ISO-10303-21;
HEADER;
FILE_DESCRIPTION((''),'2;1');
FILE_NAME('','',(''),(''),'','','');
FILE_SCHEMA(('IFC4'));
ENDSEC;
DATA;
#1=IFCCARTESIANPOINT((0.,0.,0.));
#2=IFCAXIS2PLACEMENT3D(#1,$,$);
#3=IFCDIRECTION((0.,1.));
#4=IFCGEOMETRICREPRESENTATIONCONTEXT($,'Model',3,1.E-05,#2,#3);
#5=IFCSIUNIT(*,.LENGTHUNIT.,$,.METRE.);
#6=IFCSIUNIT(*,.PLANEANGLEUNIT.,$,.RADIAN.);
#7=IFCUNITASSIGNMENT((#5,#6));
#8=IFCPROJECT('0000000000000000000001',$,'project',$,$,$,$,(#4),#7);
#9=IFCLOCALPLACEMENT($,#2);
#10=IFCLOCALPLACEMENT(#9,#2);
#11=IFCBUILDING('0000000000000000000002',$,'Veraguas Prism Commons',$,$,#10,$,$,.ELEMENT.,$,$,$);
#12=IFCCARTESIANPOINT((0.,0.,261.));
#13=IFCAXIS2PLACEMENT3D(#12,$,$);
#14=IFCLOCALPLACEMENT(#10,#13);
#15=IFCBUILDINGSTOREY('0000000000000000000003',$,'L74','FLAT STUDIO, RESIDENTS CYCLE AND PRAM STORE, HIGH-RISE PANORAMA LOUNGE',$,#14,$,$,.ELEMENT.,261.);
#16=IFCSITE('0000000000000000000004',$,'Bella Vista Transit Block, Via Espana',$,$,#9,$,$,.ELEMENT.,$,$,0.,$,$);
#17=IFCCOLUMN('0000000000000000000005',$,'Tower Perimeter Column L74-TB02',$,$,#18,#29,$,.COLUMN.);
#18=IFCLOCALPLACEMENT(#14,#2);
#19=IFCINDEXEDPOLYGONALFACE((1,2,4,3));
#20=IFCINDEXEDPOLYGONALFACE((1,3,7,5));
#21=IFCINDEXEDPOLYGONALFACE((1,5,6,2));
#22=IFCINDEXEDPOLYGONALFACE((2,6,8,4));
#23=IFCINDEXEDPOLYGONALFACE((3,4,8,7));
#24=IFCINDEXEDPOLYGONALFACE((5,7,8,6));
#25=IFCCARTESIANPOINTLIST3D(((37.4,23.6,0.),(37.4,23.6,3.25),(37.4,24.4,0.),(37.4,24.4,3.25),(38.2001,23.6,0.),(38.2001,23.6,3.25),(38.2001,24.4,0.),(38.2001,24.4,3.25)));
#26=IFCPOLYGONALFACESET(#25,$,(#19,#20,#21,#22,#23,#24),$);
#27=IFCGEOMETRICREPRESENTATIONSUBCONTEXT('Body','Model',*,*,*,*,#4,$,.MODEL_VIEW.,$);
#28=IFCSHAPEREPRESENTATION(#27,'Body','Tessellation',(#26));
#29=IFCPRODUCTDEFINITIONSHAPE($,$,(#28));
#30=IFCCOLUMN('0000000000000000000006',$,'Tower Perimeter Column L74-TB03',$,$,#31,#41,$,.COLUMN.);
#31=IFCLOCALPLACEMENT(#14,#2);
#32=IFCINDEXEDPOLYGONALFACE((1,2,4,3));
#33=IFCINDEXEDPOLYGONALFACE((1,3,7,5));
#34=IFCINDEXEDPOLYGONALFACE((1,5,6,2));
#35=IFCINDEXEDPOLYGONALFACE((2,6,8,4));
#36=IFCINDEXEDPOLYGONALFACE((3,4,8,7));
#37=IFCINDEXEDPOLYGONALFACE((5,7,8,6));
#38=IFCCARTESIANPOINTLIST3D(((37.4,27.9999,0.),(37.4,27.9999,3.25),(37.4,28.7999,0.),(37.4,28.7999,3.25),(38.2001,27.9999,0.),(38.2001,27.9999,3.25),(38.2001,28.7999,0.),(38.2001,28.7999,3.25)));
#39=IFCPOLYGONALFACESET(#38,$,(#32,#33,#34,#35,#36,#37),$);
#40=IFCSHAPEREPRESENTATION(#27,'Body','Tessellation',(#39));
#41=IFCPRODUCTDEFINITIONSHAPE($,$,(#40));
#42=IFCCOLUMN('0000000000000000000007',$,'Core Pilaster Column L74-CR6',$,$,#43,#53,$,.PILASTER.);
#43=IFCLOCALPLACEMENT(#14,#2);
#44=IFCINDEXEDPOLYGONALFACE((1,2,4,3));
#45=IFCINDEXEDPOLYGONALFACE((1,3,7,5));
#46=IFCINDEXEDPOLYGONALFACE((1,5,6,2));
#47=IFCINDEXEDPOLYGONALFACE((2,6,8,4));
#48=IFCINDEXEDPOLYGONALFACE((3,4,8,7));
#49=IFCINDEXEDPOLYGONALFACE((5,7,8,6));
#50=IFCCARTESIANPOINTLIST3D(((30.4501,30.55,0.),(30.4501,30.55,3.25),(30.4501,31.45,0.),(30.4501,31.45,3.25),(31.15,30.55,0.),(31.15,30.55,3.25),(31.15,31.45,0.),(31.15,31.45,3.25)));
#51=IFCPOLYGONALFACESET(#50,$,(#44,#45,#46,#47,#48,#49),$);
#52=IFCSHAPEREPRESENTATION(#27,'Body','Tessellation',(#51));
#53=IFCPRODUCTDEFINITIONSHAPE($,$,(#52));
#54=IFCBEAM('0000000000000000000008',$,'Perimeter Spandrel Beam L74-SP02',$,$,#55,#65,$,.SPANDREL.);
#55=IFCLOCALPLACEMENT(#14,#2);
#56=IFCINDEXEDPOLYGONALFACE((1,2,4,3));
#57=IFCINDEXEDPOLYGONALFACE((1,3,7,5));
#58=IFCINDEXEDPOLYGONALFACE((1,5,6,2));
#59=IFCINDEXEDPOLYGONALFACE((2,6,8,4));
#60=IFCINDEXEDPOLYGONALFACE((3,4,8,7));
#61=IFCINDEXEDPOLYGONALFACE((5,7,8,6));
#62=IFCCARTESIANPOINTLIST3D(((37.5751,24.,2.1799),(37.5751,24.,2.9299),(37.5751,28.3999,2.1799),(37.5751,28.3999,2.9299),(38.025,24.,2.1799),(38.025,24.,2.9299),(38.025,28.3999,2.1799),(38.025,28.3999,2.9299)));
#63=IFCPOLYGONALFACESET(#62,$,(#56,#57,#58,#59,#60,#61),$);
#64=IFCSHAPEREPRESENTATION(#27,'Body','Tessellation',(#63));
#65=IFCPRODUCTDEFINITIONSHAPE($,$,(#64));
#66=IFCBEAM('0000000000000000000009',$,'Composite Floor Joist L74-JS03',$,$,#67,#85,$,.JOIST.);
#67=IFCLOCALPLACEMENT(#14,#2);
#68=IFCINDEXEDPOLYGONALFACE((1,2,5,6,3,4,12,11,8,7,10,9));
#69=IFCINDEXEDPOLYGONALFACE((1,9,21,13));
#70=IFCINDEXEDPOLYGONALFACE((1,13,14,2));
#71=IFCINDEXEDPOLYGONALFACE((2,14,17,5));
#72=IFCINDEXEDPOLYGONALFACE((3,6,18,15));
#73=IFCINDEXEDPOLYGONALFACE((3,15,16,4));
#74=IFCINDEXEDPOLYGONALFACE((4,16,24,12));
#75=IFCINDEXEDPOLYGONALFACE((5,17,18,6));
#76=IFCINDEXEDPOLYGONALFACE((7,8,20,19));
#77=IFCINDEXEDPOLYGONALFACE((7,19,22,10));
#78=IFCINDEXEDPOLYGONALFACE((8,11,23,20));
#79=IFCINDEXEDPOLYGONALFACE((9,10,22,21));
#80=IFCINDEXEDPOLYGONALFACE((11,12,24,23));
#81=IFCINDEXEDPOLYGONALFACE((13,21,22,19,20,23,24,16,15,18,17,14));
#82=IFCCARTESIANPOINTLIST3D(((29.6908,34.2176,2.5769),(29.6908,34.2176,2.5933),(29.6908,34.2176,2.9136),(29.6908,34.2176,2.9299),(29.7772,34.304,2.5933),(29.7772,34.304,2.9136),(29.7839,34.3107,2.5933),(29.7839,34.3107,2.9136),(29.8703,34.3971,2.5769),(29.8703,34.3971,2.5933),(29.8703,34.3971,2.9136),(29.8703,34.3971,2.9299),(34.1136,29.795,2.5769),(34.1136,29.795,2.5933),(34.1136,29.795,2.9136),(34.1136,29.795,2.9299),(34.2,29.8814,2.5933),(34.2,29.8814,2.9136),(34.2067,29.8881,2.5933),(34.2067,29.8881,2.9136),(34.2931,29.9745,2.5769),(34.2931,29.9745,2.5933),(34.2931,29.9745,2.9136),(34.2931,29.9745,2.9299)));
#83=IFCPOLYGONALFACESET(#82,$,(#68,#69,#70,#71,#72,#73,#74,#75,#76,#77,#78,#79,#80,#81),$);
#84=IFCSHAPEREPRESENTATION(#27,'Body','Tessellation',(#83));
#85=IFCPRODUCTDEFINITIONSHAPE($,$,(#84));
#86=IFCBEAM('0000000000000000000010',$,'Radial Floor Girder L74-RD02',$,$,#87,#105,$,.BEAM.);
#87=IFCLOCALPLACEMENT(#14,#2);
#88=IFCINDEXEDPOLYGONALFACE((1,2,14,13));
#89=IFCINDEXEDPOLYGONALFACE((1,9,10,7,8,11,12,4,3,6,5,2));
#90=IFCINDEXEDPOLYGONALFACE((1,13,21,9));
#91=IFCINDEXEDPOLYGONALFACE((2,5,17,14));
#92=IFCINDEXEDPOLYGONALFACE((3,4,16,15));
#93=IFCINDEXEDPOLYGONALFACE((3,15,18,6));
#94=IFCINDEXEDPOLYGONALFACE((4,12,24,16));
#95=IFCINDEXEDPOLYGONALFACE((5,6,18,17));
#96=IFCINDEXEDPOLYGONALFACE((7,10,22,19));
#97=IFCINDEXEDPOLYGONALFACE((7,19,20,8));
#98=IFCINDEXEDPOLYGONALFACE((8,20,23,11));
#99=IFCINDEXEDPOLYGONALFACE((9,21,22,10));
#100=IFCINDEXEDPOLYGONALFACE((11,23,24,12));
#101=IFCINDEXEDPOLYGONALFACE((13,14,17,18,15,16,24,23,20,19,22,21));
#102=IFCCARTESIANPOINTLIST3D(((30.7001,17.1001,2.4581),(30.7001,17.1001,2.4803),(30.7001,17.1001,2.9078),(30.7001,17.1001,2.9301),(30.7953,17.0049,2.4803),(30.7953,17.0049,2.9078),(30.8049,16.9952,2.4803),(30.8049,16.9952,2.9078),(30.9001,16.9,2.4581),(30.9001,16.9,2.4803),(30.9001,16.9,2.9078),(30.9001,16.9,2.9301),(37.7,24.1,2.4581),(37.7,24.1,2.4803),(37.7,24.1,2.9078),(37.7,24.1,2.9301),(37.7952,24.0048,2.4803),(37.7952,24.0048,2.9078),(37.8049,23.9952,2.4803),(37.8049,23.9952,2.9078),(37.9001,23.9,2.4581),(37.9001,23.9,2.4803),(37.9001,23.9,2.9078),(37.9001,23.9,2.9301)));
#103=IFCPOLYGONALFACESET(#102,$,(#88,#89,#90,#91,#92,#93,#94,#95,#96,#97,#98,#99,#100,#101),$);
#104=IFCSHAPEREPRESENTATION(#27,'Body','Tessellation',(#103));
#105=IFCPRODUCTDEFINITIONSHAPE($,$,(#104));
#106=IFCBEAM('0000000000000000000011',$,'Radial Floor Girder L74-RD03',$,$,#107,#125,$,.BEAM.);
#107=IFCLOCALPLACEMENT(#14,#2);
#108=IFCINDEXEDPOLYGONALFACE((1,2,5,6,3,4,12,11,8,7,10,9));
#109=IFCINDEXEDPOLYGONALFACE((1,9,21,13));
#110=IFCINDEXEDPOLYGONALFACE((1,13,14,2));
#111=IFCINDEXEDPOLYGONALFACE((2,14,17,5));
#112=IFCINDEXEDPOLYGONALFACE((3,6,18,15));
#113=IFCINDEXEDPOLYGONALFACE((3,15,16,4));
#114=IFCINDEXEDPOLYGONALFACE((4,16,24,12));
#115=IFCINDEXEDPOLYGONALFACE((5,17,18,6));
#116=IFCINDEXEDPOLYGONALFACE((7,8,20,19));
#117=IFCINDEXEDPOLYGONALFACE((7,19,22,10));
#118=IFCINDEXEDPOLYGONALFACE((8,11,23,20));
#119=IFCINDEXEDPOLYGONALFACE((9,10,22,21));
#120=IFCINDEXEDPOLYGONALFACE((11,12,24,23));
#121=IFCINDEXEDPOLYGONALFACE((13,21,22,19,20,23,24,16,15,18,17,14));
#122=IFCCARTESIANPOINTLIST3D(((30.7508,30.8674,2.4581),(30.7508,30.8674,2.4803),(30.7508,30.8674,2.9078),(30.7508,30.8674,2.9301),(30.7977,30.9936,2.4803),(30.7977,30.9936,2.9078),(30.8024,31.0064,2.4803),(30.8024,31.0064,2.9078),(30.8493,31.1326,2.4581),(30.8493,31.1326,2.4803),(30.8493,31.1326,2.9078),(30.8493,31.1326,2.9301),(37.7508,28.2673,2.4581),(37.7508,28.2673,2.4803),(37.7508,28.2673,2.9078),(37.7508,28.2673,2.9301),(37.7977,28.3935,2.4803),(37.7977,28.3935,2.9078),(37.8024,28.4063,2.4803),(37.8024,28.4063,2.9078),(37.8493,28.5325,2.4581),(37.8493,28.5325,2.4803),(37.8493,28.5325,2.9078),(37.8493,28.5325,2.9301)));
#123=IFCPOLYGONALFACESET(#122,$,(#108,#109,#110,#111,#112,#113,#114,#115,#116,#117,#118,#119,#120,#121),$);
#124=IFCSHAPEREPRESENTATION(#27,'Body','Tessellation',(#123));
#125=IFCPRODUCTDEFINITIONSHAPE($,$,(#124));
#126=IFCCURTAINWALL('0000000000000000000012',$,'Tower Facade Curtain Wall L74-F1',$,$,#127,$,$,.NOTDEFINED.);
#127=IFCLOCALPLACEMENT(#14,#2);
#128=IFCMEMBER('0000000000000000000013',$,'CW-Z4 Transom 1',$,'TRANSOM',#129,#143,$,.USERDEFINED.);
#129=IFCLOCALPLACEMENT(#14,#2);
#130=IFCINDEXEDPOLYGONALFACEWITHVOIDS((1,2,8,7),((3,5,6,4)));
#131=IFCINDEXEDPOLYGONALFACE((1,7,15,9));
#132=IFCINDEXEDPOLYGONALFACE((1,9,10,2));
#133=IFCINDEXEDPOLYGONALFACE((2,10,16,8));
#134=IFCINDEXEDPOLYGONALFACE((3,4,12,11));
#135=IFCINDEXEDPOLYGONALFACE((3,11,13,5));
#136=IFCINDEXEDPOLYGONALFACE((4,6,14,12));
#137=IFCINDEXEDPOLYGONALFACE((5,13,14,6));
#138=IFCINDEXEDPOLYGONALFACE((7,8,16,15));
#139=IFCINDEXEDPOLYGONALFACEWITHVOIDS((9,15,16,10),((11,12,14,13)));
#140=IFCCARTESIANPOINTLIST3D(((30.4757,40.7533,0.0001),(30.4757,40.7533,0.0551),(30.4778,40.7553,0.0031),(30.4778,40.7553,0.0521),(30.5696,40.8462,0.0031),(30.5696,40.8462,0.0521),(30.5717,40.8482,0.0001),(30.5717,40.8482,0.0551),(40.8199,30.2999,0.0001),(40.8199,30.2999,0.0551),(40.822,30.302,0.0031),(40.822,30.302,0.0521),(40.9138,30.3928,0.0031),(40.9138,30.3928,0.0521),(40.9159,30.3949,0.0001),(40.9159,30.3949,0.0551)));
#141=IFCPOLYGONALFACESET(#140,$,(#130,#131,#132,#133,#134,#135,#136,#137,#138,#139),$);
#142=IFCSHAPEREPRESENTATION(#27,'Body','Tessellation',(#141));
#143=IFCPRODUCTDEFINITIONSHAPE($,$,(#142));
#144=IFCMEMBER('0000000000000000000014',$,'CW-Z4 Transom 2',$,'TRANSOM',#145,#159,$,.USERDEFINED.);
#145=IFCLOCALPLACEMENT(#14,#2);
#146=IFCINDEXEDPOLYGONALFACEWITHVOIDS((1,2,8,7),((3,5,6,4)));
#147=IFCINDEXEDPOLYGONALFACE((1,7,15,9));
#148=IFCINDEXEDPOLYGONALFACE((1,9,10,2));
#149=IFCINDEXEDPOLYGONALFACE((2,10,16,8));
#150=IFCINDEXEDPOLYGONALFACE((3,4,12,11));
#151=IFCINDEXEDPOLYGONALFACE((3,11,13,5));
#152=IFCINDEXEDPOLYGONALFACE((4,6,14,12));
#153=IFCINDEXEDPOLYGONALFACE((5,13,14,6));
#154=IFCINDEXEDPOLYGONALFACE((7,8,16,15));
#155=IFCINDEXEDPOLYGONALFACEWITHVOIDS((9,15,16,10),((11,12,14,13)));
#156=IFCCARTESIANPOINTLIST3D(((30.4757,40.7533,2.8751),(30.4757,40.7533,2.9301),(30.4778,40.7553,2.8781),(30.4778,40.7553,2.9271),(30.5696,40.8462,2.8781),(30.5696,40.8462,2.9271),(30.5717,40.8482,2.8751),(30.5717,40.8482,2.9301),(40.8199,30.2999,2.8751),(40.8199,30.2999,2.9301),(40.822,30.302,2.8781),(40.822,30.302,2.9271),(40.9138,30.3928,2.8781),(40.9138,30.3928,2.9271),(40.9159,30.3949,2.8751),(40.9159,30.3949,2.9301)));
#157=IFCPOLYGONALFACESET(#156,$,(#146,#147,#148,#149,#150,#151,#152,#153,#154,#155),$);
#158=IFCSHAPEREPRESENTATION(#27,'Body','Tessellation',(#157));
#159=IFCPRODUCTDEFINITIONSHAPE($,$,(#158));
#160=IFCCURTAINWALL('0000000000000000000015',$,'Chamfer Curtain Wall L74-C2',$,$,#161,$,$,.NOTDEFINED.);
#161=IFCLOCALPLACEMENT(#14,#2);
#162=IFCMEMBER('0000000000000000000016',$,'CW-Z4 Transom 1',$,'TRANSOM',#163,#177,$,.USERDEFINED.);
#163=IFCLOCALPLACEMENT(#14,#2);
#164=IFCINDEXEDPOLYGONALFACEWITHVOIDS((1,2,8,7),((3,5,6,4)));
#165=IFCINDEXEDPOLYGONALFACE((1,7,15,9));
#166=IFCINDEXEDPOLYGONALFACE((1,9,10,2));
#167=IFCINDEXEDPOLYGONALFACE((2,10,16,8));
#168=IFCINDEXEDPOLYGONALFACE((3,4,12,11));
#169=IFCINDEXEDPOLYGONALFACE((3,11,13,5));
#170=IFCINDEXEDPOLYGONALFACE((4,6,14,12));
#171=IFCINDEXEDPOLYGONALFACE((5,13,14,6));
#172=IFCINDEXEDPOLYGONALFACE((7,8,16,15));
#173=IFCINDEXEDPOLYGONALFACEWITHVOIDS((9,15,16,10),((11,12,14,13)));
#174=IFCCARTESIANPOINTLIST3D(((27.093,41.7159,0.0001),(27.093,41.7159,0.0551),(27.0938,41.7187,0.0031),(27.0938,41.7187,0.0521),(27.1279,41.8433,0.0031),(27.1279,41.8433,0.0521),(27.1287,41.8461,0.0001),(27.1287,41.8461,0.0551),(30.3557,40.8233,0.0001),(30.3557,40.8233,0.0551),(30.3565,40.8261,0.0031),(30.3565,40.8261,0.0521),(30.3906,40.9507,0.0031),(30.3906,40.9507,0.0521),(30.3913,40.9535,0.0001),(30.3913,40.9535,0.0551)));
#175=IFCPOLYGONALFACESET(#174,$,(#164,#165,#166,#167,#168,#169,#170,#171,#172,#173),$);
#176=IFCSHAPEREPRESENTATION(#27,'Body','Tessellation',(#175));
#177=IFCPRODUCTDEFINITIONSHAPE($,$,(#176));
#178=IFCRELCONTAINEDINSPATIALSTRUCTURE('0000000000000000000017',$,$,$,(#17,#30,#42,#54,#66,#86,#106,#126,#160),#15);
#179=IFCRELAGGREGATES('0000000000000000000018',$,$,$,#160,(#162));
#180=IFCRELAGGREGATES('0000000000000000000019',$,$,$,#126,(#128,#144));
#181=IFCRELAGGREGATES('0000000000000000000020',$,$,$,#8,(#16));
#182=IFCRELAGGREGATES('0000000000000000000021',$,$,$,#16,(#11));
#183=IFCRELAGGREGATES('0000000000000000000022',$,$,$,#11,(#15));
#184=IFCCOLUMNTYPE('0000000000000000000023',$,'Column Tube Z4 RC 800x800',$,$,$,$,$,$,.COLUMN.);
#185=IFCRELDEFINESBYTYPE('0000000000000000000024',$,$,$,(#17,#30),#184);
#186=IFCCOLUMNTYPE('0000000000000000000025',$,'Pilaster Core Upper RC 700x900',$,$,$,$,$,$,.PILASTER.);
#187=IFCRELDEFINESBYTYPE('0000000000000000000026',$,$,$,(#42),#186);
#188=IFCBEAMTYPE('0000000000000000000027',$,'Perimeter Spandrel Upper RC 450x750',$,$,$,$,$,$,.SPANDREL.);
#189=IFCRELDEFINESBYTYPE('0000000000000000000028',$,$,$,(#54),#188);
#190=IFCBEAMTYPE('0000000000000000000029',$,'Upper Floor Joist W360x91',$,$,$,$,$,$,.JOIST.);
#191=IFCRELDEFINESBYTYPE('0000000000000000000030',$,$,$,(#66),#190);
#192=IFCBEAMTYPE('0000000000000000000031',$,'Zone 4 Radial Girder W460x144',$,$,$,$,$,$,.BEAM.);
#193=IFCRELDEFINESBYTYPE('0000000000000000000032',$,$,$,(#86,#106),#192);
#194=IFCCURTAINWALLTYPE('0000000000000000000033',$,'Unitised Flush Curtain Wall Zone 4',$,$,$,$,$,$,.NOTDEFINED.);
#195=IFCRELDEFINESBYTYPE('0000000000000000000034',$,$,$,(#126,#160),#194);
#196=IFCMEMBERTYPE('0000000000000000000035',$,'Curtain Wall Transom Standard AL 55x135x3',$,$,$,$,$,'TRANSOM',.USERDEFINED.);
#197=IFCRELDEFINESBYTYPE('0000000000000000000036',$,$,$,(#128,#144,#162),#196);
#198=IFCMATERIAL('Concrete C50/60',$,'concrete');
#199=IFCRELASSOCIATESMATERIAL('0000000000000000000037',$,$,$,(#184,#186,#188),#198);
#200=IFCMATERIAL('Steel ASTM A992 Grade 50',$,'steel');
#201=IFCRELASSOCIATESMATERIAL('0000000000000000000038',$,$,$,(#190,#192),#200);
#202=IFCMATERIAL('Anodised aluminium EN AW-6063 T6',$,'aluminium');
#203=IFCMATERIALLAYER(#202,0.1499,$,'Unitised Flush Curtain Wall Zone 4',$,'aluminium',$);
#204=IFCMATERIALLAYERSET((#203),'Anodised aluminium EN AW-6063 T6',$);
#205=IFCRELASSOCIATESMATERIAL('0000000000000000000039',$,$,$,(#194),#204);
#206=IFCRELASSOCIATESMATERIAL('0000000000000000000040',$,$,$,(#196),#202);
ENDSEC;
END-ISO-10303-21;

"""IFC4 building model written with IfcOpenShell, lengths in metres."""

from ifc_helpers import new_model, si_unit, direction, frame, origin, origin_2d, place, context, subcontext, project, spatial, rectangle, hollow_rectangle, i_section, extrude, source, transform, mapped, material, layer, layer_set, material_profile, profile_set, type_object, element, aggregate, save


model = new_model("IFC4")

# Units and contexts
model_context = context("Model", 3, precision=1e-05, world=origin(), true_north=direction((0.0, 1.0)))
body_context = subcontext(model_context, "Body", "Model", "MODEL_VIEW")
ifc_project = project(units=[si_unit("LENGTHUNIT", "METRE"), si_unit("PLANEANGLEUNIT", "RADIAN")], contexts=[model_context])

# Site, building, storey
site_placement = place(None, origin())
site = spatial("IfcSite", under=ifc_project, at=site_placement, Name="Bella Vista Transit Block, Via Espana", CompositionType="ELEMENT", RefElevation=0.0)
building_placement = place(site_placement, origin())
building = spatial("IfcBuilding", under=site, at=building_placement, Name="Veraguas Prism Commons", CompositionType="ELEMENT")
storey_placement = place(building_placement, frame((0.0, 0.0, 261.0)))
storey = spatial("IfcBuildingStorey", under=building, at=storey_placement, Name="L74", Description="FLAT STUDIO, RESIDENTS CYCLE AND PRAM STORE, HIGH-RISE PANORAMA LOUNGE", CompositionType="ELEMENT", Elevation=261.0)

# Columns
ifc_material_1 = material(Name="Concrete C50/60", Category="concrete")
ifc_material_profile_1 = material_profile(ifc_material_1, rectangle(XDim=0.8, YDim=0.8, at=origin_2d()), Name="RC800X800")
ifc_profile_set_1 = profile_set([ifc_material_profile_1], Name="Concrete C50/60")
column_type_1 = type_object("IfcColumnType", Name="Column Tube Z4 RC 800x800", PredefinedType="COLUMN", material=ifc_profile_set_1)
for number, where, z_axis, x_axis, name in (
    (1, (37.8, 24.0, 0.0), (0.0, 0.0, 1.0), (1.0, 0.0, 0.0), "Tower Perimeter Column L74-TB02"),
    (2, (37.8, 28.3999, 0.0), (0.0, 0.0, 1.0), (1.0, 0.0, 0.0), "Tower Perimeter Column L74-TB03"),
):
    element("IfcColumn", number, at=place(storey_placement, frame(where, z_axis=z_axis, x_axis=x_axis)), inside=storey, type_object=column_type_1, Name=name, PredefinedType="COLUMN", context=body_context, shape_type="SweptSolid", body=[
        extrude(rectangle(XDim=0.8, YDim=0.8, at=origin_2d()), origin(), (0.0, 0.0, 1.0), 3.25),
    ])
ifc_material_profile_2 = material_profile(ifc_material_1, rectangle(XDim=0.7, YDim=0.8999, at=origin_2d()), Name="RC700X900")
ifc_profile_set_2 = profile_set([ifc_material_profile_2], Name="Concrete C50/60")
column_type_2 = type_object("IfcColumnType", Name="Pilaster Core Upper RC 700x900", PredefinedType="PILASTER", material=ifc_profile_set_2)
column_placement = place(storey_placement, frame((30.8, 31.0, 0.0), z_axis=(0.0, 0.0, 1.0), x_axis=(1.0, 0.0, 0.0)))
element("IfcColumn", 3, at=column_placement, inside=storey, type_object=column_type_2, Name="Core Pilaster Column L74-CR6", PredefinedType="PILASTER", context=body_context, shape_type="SweptSolid", body=[
    extrude(rectangle(XDim=0.7, YDim=0.8999, at=origin_2d()), origin(), (0.0, 0.0, 1.0), 3.25),
])

# Beams
ifc_material_profile_3 = material_profile(ifc_material_1, rectangle(XDim=0.45, YDim=0.75, at=origin_2d()), Name="RC450X750")
ifc_profile_set_3 = profile_set([ifc_material_profile_3], Name="Concrete C50/60")
beam_type_1 = type_object("IfcBeamType", Name="Perimeter Spandrel Upper RC 450x750", PredefinedType="SPANDREL", material=ifc_profile_set_3)
beam_1_placement = place(storey_placement, frame((37.8, 24.0, 2.5549), z_axis=(0.0, 1.0, 0.0), x_axis=(-1.0, 0.0, 0.0)))
element("IfcBeam", 4, at=beam_1_placement, inside=storey, type_object=beam_type_1, Name="Perimeter Spandrel Beam L74-SP02", PredefinedType="SPANDREL", context=body_context, shape_type="SweptSolid", body=[
    extrude(rectangle(XDim=0.45, YDim=0.75, at=origin_2d()), origin(), (0.0, 0.0, 1.0), 4.3999),
])
ifc_material_2 = material(Name="Steel ASTM A992 Grade 50", Category="steel")
ifc_material_profile_4 = material_profile(ifc_material_2, i_section(OverallWidth=0.2539, OverallDepth=0.353, WebThickness=0.0095, FlangeThickness=0.0164, at=origin_2d()), Name="W360X91")
ifc_profile_set_4 = profile_set([ifc_material_profile_4], Name="Steel ASTM A992 Grade 50")
beam_type_2 = type_object("IfcBeamType", Name="Upper Floor Joist W360x91", PredefinedType="JOIST", material=ifc_profile_set_4)
beam_2_placement = place(storey_placement, frame((34.2034, 29.8848, 2.7534), z_axis=(-0.707126, 0.707087, 0.0), x_axis=(-0.707087, -0.707126, 0.0)))
element("IfcBeam", 5, at=beam_2_placement, inside=storey, type_object=beam_type_2, Name="Composite Floor Joist L74-JS03", PredefinedType="JOIST", context=body_context, shape_type="SweptSolid", body=[
    extrude(i_section(OverallWidth=0.2539, OverallDepth=0.353, WebThickness=0.0095, FlangeThickness=0.0164, at=origin_2d()), origin(), (0.0, 0.0, 1.0), 6.2546),
])
ifc_material_profile_5 = material_profile(ifc_material_2, i_section(OverallWidth=0.283, OverallDepth=0.4719, WebThickness=0.0137, FlangeThickness=0.0222, at=origin_2d()), Name="W460X144")
ifc_profile_set_5 = profile_set([ifc_material_profile_5], Name="Steel ASTM A992 Grade 50")
beam_type_3 = type_object("IfcBeamType", Name="Zone 4 Radial Girder W460x144", PredefinedType="BEAM", material=ifc_profile_set_5)
beam_3_placement = place(storey_placement, frame((37.8, 24.0, 2.6941), z_axis=(-0.707107, -0.707107, 0.0), x_axis=(0.707107, -0.707107, 0.0)))
element("IfcBeam", 6, at=beam_3_placement, inside=storey, type_object=beam_type_3, Name="Radial Floor Girder L74-RD02", PredefinedType="BEAM", context=body_context, shape_type="SweptSolid", body=[
    extrude(i_section(OverallWidth=0.283, OverallDepth=0.4719, WebThickness=0.0137, FlangeThickness=0.0222, at=origin_2d()), origin(), (0.0, 0.0, 1.0), 9.8994),
])
beam_4_placement = place(storey_placement, frame((37.8, 28.3999, 2.6941), z_axis=(-0.937421, 0.348198, 0.0), x_axis=(-0.348198, -0.937421, 0.0)))
element("IfcBeam", 7, at=beam_4_placement, inside=storey, type_object=beam_type_3, Name="Radial Floor Girder L74-RD03", PredefinedType="BEAM", context=body_context, shape_type="SweptSolid", body=[
    extrude(i_section(OverallWidth=0.283, OverallDepth=0.4719, WebThickness=0.0137, FlangeThickness=0.0222, at=origin_2d()), origin(), (0.0, 0.0, 1.0), 7.4673),
])

# Curtain walls, members
ifc_material_3 = material(Name="Anodised aluminium EN AW-6063 T6", Category="aluminium")
ifc_layer_1 = layer(ifc_material_3, 0.1499, Name="Unitised Flush Curtain Wall Zone 4", Category="aluminium")
ifc_layer_set_1 = layer_set([ifc_layer_1], Name="Anodised aluminium EN AW-6063 T6")
curtain_wall_type = type_object("IfcCurtainWallType", Name="Unitised Flush Curtain Wall Zone 4", PredefinedType="NOTDEFINED", material=ifc_layer_set_1)
curtain_wall_1_placement = place(storey_placement, origin())
curtain_wall_1 = element("IfcCurtainWall", 8, at=curtain_wall_1_placement, inside=storey, type_object=curtain_wall_type, Name="Tower Facade Curtain Wall L74-F1", PredefinedType="NOTDEFINED")
ifc_material_profile_6 = material_profile(ifc_material_3, hollow_rectangle(XDim=0.0549, YDim=0.135, WallThickness=0.0029, at=origin_2d()), Name="AL55X135X3")
ifc_profile_set_6 = profile_set([ifc_material_profile_6], Name="Anodised aluminium EN AW-6063 T6")
member_type_1 = type_object("IfcMemberType", Name="Curtain Wall Transom Standard AL 55x135x3", ElementType="TRANSOM", PredefinedType="USERDEFINED", material=ifc_profile_set_6)
shared_shape_1 = source(origin(), body_context, "Body", "SweptSolid", [
    extrude(hollow_rectangle(XDim=0.0549, YDim=0.135, WallThickness=0.0029, at=origin_2d()), origin(), (0.0, 0.0, 1.0), 14.7063),
])
member_1_placement = place(storey_placement, frame((40.8679, 30.3474, 0.0276), z_axis=(-0.703387, 0.710807, 0.0), x_axis=(0.0, 0.0, 1.0)))
member_1 = element("IfcMember", 9, at=member_1_placement, type_object=member_type_1, Name="CW-Z4 Transom 1", ObjectType="TRANSOM", PredefinedType="USERDEFINED", context=body_context, shape_type="MappedRepresentation", body=[
    mapped(shared_shape_1, transform((0.0, 0.0, 0.0), scale=1.0)),
])
member_2_placement = place(storey_placement, frame((40.8679, 30.3474, 2.9026), z_axis=(-0.703387, 0.710807, 0.0), x_axis=(0.0, 0.0, 1.0)))
member_2 = element("IfcMember", 10, at=member_2_placement, type_object=member_type_1, Name="CW-Z4 Transom 2", ObjectType="TRANSOM", PredefinedType="USERDEFINED", context=body_context, shape_type="MappedRepresentation", body=[
    mapped(shared_shape_1, transform((0.0, 0.0, 0.0), scale=1.0)),
])
curtain_wall_2_placement = place(storey_placement, origin())
curtain_wall_2 = element("IfcCurtainWall", 11, at=curtain_wall_2_placement, inside=storey, type_object=curtain_wall_type, Name="Chamfer Curtain Wall L74-C2", PredefinedType="NOTDEFINED")
shared_shape_2 = source(origin(), body_context, "Body", "SweptSolid", [
    extrude(hollow_rectangle(XDim=0.0549, YDim=0.135, WallThickness=0.0029, at=origin_2d()), origin(), (0.0, 0.0, 1.0), 3.3826),
])
member_3_placement = place(storey_placement, frame((30.3735, 40.8884, 0.0276), z_axis=(-0.964557, 0.263875, 0.0), x_axis=(0.0, 0.0, 1.0)))
member_3 = element("IfcMember", 12, at=member_3_placement, type_object=member_type_1, Name="CW-Z4 Transom 1", ObjectType="TRANSOM", PredefinedType="USERDEFINED", context=body_context, shape_type="MappedRepresentation", body=[
    mapped(shared_shape_2, transform((0.0, 0.0, 0.0), scale=1.0)),
])
aggregate(curtain_wall_2, [member_3])

aggregate(curtain_wall_1, [member_1, member_2])

save(model, "model.ifc")
